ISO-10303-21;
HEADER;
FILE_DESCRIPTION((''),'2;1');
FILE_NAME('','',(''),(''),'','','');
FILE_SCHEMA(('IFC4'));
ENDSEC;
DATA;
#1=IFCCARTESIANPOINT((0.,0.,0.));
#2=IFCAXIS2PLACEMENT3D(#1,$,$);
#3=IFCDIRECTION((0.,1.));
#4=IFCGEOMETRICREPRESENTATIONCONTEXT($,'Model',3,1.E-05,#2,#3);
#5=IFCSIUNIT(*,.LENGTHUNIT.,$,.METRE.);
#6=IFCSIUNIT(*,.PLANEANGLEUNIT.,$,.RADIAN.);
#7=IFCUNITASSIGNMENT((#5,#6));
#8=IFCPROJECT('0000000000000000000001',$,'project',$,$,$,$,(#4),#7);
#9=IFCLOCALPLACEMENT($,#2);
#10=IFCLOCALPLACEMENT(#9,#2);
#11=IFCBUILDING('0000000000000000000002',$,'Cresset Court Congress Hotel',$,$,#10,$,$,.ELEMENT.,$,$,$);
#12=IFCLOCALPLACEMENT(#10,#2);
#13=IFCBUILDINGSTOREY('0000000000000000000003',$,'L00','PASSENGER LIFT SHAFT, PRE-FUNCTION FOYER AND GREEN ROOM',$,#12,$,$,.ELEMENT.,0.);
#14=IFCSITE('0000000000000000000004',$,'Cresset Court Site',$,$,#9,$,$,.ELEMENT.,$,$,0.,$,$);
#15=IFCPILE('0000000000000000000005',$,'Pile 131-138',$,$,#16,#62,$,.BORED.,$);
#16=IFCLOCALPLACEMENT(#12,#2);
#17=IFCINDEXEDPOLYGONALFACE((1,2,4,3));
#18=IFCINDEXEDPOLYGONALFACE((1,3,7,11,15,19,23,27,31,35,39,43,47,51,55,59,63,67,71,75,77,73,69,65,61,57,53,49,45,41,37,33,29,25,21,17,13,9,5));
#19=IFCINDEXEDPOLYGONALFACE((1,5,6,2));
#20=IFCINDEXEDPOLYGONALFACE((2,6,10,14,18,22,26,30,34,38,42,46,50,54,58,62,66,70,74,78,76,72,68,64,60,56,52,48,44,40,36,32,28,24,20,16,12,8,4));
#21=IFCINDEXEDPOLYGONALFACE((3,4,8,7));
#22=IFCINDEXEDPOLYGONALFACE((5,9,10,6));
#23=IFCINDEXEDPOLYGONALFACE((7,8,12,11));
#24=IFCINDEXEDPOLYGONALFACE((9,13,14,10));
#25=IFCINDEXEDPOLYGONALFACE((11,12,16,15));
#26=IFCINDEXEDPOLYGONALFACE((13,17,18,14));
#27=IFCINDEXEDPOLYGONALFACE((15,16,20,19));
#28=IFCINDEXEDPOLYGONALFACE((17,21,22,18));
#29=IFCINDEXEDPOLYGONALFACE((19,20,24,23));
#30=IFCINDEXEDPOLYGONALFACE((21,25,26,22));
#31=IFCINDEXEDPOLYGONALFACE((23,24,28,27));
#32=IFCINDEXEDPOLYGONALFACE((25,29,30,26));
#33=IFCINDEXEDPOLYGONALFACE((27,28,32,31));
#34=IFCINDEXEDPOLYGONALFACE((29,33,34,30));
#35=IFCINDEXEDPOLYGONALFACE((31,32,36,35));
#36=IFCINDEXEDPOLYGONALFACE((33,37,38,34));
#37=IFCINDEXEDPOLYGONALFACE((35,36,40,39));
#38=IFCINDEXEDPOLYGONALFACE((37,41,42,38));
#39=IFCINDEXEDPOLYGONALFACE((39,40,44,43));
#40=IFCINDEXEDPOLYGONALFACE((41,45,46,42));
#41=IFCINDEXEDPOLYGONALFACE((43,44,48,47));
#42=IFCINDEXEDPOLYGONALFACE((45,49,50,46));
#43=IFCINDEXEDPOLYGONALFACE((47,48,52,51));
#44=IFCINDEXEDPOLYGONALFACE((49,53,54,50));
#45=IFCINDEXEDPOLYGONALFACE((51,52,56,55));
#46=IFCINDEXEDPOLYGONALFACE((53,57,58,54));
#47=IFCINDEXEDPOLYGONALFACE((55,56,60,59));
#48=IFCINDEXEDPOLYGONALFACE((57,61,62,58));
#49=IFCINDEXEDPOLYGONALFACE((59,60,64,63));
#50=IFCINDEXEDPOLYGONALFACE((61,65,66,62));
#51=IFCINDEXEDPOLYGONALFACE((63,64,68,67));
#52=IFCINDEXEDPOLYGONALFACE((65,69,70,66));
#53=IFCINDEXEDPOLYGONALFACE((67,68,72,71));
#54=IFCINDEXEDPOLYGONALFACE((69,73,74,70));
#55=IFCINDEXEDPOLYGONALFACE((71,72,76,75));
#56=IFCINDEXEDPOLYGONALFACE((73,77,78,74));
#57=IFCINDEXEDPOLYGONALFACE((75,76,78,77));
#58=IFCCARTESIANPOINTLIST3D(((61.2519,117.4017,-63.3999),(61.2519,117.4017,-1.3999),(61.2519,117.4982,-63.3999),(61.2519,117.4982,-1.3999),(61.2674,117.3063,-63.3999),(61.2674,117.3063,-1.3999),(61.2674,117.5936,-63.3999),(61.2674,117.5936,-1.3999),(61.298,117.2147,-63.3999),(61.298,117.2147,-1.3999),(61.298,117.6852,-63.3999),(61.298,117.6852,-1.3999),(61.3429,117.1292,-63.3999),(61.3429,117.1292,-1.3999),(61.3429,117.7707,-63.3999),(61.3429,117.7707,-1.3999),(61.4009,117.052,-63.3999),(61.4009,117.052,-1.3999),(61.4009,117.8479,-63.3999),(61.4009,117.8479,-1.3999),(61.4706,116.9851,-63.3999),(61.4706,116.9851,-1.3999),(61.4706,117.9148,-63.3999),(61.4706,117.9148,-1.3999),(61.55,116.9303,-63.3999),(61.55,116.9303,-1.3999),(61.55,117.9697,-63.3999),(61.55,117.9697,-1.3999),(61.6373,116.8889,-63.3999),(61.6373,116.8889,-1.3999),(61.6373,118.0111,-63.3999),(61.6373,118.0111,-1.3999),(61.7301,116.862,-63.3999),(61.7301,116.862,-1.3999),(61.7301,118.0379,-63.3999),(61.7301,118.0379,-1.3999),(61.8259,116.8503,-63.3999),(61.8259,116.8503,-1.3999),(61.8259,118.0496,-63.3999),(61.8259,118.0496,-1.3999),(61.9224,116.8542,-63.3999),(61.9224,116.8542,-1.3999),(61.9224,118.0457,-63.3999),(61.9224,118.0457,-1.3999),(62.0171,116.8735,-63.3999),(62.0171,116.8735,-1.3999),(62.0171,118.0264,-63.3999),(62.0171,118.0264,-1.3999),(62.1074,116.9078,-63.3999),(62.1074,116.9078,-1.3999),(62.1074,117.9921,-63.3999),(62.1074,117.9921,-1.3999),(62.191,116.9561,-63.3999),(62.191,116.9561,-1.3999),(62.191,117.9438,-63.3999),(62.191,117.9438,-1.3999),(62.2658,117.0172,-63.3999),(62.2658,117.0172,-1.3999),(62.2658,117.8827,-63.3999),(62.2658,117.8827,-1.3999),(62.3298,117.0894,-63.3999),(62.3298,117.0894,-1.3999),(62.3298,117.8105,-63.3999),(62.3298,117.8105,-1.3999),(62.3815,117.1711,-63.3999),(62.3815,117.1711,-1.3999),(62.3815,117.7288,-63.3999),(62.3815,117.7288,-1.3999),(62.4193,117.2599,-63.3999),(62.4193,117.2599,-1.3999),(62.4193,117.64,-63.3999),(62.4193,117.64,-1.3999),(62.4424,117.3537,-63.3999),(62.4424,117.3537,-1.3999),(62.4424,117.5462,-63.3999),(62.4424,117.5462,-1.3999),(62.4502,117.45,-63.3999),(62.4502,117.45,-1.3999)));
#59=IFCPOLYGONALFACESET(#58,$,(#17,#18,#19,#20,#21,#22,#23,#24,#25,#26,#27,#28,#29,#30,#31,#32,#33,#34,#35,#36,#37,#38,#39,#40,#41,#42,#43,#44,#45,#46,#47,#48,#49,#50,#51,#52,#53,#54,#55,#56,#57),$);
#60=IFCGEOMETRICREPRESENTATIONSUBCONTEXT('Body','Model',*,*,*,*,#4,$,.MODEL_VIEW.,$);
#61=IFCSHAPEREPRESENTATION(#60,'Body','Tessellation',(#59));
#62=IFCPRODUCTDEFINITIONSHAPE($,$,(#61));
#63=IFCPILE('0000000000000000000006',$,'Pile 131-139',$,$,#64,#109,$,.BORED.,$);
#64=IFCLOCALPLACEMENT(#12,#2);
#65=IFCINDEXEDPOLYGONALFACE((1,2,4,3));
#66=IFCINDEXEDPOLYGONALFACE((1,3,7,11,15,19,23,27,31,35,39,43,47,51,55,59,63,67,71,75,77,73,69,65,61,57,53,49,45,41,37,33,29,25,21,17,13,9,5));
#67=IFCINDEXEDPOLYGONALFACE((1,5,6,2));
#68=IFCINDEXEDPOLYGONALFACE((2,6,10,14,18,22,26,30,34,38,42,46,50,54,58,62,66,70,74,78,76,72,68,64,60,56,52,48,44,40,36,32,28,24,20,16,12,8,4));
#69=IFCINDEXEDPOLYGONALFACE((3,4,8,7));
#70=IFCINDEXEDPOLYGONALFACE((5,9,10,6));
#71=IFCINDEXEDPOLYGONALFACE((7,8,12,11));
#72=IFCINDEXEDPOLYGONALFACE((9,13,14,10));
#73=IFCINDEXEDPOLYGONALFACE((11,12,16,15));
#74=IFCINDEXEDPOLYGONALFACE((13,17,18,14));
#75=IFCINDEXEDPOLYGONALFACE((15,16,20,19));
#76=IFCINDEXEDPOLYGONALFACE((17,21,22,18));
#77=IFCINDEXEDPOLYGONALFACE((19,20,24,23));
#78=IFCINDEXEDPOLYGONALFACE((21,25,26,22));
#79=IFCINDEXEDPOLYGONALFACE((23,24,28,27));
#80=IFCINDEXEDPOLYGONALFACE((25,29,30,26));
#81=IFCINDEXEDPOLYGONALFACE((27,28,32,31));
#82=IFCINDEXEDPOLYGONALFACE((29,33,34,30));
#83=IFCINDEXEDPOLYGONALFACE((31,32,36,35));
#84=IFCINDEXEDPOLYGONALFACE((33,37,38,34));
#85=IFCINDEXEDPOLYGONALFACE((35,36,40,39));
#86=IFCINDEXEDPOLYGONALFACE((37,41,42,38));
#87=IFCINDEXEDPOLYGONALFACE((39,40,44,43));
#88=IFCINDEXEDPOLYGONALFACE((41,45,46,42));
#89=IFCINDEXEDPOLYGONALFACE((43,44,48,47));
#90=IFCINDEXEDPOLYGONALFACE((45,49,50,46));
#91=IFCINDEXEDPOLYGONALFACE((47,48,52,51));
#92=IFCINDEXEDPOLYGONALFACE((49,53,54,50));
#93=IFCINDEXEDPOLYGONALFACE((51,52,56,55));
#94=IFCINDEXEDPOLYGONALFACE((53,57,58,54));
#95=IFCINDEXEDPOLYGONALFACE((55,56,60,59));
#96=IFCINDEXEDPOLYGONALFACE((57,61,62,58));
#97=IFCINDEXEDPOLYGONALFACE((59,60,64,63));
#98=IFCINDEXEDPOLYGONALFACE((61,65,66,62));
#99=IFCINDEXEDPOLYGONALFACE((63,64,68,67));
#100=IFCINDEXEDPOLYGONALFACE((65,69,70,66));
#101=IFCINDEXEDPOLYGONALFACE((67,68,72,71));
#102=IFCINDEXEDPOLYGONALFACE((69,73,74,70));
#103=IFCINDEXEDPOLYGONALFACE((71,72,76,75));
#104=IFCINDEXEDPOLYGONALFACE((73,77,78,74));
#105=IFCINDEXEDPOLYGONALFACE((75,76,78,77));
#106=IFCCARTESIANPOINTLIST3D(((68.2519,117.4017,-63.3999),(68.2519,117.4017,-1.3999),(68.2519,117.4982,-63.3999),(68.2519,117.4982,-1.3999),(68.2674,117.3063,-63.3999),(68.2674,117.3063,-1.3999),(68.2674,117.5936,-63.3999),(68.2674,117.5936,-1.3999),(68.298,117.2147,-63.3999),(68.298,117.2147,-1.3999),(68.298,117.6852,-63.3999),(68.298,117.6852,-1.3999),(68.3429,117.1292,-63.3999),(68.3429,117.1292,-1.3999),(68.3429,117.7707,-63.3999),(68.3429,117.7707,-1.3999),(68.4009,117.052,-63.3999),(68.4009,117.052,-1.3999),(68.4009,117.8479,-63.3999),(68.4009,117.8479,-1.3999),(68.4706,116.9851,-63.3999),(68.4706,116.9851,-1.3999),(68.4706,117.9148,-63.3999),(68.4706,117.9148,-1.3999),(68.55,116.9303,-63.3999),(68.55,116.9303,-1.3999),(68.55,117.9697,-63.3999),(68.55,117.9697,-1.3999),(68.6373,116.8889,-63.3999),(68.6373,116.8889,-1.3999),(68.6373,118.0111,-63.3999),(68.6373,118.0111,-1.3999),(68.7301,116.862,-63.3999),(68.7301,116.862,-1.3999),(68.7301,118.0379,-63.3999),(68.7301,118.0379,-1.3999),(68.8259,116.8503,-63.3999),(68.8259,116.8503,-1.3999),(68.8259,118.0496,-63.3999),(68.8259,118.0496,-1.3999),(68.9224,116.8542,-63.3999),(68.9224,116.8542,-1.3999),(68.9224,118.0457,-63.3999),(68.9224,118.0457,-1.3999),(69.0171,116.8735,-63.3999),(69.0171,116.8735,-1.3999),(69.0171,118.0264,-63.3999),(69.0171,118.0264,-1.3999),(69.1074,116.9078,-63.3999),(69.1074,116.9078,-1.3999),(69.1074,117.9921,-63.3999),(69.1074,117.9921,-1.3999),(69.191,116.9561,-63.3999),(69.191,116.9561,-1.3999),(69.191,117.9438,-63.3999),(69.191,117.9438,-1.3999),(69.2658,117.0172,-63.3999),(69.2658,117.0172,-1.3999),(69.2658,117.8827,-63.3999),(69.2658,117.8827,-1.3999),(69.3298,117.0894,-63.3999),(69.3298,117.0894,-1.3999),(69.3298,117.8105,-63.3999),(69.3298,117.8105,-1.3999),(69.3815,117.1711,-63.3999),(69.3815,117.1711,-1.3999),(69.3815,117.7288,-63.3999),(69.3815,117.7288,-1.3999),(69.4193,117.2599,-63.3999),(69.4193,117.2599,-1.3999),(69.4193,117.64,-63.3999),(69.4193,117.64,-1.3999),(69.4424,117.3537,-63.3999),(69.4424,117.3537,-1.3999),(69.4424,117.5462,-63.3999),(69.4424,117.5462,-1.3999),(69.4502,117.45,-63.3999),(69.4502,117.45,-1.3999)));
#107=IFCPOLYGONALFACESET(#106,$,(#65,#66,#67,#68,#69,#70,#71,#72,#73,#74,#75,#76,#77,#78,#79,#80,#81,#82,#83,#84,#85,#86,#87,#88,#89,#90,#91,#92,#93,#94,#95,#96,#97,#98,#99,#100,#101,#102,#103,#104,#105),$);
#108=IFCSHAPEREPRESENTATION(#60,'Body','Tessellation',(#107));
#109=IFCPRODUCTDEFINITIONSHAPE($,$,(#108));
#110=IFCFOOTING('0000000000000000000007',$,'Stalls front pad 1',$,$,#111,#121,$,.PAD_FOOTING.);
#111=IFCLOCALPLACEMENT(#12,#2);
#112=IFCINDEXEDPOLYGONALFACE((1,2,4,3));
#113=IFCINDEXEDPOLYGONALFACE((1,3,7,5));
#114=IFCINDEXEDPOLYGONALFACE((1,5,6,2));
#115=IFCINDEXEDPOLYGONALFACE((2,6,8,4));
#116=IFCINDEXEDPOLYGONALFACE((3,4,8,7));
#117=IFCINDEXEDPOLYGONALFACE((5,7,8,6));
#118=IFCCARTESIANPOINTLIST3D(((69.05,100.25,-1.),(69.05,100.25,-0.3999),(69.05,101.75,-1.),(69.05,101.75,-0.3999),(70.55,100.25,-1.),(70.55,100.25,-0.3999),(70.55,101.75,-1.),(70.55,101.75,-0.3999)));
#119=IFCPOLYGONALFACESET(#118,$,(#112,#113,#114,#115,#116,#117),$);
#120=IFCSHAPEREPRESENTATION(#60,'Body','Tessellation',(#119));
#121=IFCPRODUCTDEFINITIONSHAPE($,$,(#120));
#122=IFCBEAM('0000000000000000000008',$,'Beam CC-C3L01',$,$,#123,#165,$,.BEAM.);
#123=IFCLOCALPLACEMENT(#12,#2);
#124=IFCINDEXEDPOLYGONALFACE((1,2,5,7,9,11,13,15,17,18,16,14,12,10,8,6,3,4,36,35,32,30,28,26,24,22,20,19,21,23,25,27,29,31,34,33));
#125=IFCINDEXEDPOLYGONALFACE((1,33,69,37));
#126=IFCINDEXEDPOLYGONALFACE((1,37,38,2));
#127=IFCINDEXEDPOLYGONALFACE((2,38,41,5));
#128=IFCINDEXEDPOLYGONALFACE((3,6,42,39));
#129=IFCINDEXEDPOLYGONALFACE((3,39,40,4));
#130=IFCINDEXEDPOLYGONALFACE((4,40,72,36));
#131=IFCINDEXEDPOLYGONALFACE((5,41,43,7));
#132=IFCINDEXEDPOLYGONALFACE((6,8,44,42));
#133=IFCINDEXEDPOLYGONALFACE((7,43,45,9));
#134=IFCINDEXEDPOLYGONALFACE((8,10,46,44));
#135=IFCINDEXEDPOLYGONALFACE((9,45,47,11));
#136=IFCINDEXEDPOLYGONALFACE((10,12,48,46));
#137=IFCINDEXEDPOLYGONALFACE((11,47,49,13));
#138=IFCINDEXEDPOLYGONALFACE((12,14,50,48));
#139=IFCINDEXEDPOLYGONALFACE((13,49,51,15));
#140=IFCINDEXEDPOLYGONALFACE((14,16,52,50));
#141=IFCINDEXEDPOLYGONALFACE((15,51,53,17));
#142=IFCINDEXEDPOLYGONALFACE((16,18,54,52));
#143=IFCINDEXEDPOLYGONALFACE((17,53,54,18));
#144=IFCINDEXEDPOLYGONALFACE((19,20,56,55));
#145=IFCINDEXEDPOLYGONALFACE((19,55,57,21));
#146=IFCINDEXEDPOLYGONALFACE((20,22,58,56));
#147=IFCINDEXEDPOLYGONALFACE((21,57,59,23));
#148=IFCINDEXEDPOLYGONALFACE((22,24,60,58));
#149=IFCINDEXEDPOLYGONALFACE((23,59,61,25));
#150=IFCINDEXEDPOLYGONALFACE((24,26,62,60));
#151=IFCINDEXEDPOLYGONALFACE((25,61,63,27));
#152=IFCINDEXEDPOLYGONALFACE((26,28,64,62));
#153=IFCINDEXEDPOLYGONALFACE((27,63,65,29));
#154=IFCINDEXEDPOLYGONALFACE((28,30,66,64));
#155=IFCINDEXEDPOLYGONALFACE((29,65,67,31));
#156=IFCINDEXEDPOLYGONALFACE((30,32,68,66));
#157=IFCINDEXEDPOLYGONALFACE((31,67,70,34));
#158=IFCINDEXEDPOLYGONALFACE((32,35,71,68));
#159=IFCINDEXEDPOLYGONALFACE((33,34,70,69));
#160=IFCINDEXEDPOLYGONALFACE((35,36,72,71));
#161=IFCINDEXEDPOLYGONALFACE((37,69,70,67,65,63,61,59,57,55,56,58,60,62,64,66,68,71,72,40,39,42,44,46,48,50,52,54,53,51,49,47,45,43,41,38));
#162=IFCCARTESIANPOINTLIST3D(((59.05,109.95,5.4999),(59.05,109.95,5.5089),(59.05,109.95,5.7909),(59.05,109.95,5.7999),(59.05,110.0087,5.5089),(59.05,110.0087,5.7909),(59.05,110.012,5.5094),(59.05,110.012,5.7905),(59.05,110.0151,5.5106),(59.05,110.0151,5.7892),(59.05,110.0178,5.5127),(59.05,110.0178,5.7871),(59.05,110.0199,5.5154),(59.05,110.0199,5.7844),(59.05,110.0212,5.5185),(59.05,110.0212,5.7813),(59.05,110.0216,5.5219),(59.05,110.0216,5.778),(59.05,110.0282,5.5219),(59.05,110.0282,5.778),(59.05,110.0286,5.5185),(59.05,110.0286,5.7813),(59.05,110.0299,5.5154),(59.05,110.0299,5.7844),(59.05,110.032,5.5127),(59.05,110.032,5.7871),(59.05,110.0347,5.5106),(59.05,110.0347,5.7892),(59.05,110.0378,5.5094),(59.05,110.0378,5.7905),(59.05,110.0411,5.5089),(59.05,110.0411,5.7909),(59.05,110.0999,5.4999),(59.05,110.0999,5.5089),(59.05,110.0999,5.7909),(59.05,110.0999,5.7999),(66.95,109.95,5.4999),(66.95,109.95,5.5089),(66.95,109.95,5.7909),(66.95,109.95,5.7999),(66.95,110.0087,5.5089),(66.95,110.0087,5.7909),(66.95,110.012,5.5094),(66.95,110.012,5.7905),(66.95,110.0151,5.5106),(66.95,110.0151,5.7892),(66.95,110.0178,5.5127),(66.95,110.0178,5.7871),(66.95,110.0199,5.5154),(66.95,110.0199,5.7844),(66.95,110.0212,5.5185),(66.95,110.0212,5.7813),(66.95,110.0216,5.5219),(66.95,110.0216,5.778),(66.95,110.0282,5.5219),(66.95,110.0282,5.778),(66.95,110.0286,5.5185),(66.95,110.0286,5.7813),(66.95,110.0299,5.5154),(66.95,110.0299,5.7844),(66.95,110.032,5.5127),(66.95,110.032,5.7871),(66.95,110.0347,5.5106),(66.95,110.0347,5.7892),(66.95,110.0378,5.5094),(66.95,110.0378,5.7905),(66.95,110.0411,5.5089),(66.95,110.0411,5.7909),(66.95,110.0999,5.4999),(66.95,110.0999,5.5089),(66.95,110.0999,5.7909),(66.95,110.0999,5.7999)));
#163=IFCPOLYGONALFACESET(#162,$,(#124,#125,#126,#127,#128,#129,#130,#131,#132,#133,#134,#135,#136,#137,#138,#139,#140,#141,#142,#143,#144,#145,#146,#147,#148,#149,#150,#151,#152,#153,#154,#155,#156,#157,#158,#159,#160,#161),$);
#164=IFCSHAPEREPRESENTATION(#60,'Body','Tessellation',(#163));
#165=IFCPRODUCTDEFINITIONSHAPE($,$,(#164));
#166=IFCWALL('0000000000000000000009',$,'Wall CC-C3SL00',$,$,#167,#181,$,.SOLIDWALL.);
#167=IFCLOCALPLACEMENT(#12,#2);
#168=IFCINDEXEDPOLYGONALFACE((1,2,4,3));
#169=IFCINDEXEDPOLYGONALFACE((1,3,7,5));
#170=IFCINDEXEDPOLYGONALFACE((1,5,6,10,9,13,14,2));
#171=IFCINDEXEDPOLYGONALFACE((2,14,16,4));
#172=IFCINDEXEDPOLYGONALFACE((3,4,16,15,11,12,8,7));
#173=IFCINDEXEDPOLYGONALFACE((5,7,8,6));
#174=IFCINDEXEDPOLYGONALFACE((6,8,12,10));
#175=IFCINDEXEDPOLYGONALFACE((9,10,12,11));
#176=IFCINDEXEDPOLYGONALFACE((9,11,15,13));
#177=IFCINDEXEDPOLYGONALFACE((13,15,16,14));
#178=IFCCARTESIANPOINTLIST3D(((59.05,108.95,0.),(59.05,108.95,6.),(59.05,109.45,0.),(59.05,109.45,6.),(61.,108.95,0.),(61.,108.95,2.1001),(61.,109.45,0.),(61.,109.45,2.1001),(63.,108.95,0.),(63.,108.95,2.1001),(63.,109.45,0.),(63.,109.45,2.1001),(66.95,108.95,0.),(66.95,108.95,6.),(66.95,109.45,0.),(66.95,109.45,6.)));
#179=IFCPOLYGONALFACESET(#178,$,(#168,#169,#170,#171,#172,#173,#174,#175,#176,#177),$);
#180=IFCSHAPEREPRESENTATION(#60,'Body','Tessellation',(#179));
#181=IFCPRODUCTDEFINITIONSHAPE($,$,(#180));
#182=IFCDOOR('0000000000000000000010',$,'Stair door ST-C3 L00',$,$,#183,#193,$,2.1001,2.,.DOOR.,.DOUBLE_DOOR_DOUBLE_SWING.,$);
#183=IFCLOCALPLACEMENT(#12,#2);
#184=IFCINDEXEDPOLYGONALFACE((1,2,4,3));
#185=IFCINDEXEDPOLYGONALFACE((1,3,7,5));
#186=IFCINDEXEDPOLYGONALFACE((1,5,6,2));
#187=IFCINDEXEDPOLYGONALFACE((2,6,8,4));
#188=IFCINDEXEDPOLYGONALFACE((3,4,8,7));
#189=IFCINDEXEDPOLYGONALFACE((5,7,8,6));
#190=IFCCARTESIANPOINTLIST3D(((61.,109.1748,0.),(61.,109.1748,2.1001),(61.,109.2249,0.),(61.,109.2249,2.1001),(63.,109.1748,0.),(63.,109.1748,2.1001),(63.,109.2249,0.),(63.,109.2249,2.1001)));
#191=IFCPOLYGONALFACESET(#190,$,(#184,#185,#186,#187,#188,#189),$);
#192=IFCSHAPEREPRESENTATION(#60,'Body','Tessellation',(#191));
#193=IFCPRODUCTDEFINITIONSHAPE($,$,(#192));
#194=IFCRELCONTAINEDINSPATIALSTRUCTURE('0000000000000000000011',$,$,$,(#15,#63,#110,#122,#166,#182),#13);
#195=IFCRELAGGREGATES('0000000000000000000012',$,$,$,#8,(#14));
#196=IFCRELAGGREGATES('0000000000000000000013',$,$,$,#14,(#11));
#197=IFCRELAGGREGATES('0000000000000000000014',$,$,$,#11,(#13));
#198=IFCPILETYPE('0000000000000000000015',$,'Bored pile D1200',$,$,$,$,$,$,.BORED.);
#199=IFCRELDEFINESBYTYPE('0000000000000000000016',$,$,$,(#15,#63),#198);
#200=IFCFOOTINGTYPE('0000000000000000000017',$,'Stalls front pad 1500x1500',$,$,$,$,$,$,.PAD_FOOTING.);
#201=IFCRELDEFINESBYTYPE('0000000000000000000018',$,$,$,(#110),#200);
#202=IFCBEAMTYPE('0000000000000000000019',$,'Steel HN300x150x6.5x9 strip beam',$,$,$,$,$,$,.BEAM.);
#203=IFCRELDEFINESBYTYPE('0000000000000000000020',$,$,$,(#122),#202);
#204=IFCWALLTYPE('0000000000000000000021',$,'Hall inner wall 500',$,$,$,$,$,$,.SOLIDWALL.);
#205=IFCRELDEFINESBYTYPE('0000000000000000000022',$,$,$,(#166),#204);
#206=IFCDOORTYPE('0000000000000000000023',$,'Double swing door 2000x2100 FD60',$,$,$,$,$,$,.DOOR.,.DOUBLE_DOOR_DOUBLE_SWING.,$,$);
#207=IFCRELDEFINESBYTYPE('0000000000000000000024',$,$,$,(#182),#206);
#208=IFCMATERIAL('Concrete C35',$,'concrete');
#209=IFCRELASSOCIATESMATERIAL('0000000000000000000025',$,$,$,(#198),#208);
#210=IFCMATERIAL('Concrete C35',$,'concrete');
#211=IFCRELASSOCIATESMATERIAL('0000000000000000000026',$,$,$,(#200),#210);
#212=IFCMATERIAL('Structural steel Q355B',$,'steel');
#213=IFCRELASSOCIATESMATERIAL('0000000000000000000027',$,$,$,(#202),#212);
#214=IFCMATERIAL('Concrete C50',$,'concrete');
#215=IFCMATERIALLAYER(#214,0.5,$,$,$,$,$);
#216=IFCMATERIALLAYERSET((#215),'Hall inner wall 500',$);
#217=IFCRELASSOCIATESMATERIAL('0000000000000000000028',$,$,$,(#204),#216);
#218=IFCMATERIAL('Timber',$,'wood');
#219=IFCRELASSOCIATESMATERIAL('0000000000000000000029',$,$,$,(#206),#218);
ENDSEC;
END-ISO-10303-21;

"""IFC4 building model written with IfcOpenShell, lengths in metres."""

from ifc_helpers import new_model, si_unit, direction, frame, frame_2d, origin, origin_2d, place, context, subcontext, project, spatial, rectangle, circle, i_section, extrude, material, layer, layer_set, material_profile, profile_set, type_object, element, fill, save


model = new_model("IFC4")

# Units and contexts
model_context = context("Model", 3, precision=1e-05, world=origin(), true_north=direction((0.0, 1.0)))
body_context = subcontext(model_context, "Body", "Model", "MODEL_VIEW")
ifc_project = project(units=[si_unit("LENGTHUNIT", "METRE"), si_unit("PLANEANGLEUNIT", "RADIAN")], contexts=[model_context])

# Site, building, storey
site_placement = place(None, origin())
site = spatial("IfcSite", under=ifc_project, at=site_placement, Name="Cresset Court Site", CompositionType="ELEMENT", RefElevation=0.0)
building_placement = place(site_placement, origin())
building = spatial("IfcBuilding", under=site, at=building_placement, Name="Cresset Court Congress Hotel", CompositionType="ELEMENT")
storey_placement = place(building_placement, origin())
storey = spatial("IfcBuildingStorey", under=building, at=storey_placement, Name="L00", Description="PASSENGER LIFT SHAFT, PRE-FUNCTION FOYER AND GREEN ROOM", CompositionType="ELEMENT", Elevation=0.0)

# Piles
ifc_material_1 = material(Name="Concrete C35", Category="concrete")
pile_type = type_object("IfcPileType", Name="Bored pile D1200", PredefinedType="BORED", material=ifc_material_1)
for number, where, z_axis, x_axis, name in (
    (1, (61.8501, 117.45, -1.3999), (0.0, 0.0, -1.0), (1.0, 0.0, 0.0), "Pile 131-138"),
    (2, (68.8501, 117.45, -1.3999), (0.0, 0.0, -1.0), (1.0, 0.0, 0.0), "Pile 131-139"),
):
    element("IfcPile", number, at=place(storey_placement, frame(where, z_axis=z_axis, x_axis=x_axis)), inside=storey, type_object=pile_type, Name=name, PredefinedType="BORED", context=body_context, shape_type="SweptSolid", body=[
        extrude(circle(Radius=0.6001, at=origin_2d()), origin(), (0.0, 0.0, 1.0), 62.0),
    ])

# Footing
ifc_material_2 = material(Name="Concrete C35", Category="concrete")
footing_type = type_object("IfcFootingType", Name="Stalls front pad 1500x1500", PredefinedType="PAD_FOOTING", material=ifc_material_2)
footing_placement = place(storey_placement, frame((69.8, 101.0, -1.0), z_axis=(0.0, 0.0, 1.0), x_axis=(1.0, 0.0, 0.0)))
element("IfcFooting", 3, at=footing_placement, inside=storey, type_object=footing_type, Name="Stalls front pad 1", PredefinedType="PAD_FOOTING", context=body_context, shape_type="SweptSolid", body=[
    extrude(rectangle(XDim=1.5, YDim=1.5, at=origin_2d()), origin(), (0.0, 0.0, 1.0), 0.6001),
])

# Beam
ifc_material_3 = material(Name="Structural steel Q355B", Category="steel")
ifc_material_profile = material_profile(ifc_material_3, i_section(OverallWidth=0.1499, OverallDepth=0.3, WebThickness=0.0066, FlangeThickness=0.009, FilletRadius=0.0129, at=origin_2d()), Name="HN300x150x6.5x9")
ifc_profile_set = profile_set([ifc_material_profile], Name="Structural steel Q355B")
beam_type = type_object("IfcBeamType", Name="Steel HN300x150x6.5x9 strip beam", PredefinedType="BEAM", material=ifc_profile_set)
beam_placement = place(storey_placement, frame((59.05, 110.0249, 5.6499), z_axis=(1.0, 0.0, 0.0), x_axis=(0.0, 1.0, 0.0)))
element("IfcBeam", 4, at=beam_placement, inside=storey, type_object=beam_type, Name="Beam CC-C3L01", PredefinedType="BEAM", context=body_context, shape_type="SweptSolid", body=[
    extrude(i_section(OverallWidth=0.1499, OverallDepth=0.3, WebThickness=0.0066, FlangeThickness=0.009, FilletRadius=0.0129, at=origin_2d()), origin(), (0.0, 0.0, 1.0), 7.8999),
])

# Wall, opening, door
ifc_material_4 = material(Name="Concrete C50", Category="concrete")
ifc_layer_1 = layer(ifc_material_4, 0.5)
ifc_layer_set_1 = layer_set([ifc_layer_1], Name="Hall inner wall 500")
wall_type_1 = type_object("IfcWallType", Name="Hall inner wall 500", PredefinedType="SOLIDWALL", material=ifc_layer_set_1)
wall_1_placement = place(storey_placement, frame((59.05, 109.2, 0.0), z_axis=(0.0, 0.0, 1.0), x_axis=(1.0, 0.0, 0.0)))
wall_1 = element("IfcWall", 5, at=wall_1_placement, inside=storey, type_object=wall_type_1, Name="Wall CC-C3SL00", PredefinedType="SOLIDWALL", context=body_context, shape_type="SweptSolid", body=[
    extrude(rectangle(XDim=7.8999, YDim=0.5, at=frame_2d((3.95, 0.0))), origin(), (0.0, 0.0, 1.0), 6.0),
])
opening_1_placement = place(wall_1_placement, frame((1.95, 0.0, 0.0)))
opening_1 = element("IfcOpeningElement", 6, at=opening_1_placement, cuts=wall_1, PredefinedType="OPENING", context=body_context, shape_type="SweptSolid", body=[
    extrude(rectangle(XDim=2.0, YDim=2.1001, at=frame_2d((1.0, 1.05))), frame((0.0, 0.26, 0.0), z_axis=(0.0, -1.0, 0.0), x_axis=(1.0, 0.0, 0.0)), (0.0, 0.0, 1.0), 0.52),
])
ifc_material_5 = material(Name="Timber", Category="wood")
door_type_1 = type_object("IfcDoorType", Name="Double swing door 2000x2100 FD60", OperationType="DOUBLE_DOOR_DOUBLE_SWING", PredefinedType="DOOR", material=ifc_material_5)
door_1_placement = place(opening_1_placement, origin())
door_1 = element("IfcDoor", 7, at=door_1_placement, inside=storey, type_object=door_type_1, Name="Stair door ST-C3 L00", OperationType="DOUBLE_DOOR_DOUBLE_SWING", OverallHeight=2.1001, OverallWidth=2.0, PredefinedType="DOOR", context=body_context, shape_type="SweptSolid", body=[
    extrude(rectangle(XDim=2.0, YDim=2.1001, at=frame_2d((1.0, 1.05))), frame((0.0, 0.0249, 0.0), z_axis=(0.0, -1.0, 0.0), x_axis=(1.0, 0.0, 0.0)), (0.0, 0.0, 1.0), 0.05),
])
fill(opening_1, door_1)

save(model, "model.ifc")
